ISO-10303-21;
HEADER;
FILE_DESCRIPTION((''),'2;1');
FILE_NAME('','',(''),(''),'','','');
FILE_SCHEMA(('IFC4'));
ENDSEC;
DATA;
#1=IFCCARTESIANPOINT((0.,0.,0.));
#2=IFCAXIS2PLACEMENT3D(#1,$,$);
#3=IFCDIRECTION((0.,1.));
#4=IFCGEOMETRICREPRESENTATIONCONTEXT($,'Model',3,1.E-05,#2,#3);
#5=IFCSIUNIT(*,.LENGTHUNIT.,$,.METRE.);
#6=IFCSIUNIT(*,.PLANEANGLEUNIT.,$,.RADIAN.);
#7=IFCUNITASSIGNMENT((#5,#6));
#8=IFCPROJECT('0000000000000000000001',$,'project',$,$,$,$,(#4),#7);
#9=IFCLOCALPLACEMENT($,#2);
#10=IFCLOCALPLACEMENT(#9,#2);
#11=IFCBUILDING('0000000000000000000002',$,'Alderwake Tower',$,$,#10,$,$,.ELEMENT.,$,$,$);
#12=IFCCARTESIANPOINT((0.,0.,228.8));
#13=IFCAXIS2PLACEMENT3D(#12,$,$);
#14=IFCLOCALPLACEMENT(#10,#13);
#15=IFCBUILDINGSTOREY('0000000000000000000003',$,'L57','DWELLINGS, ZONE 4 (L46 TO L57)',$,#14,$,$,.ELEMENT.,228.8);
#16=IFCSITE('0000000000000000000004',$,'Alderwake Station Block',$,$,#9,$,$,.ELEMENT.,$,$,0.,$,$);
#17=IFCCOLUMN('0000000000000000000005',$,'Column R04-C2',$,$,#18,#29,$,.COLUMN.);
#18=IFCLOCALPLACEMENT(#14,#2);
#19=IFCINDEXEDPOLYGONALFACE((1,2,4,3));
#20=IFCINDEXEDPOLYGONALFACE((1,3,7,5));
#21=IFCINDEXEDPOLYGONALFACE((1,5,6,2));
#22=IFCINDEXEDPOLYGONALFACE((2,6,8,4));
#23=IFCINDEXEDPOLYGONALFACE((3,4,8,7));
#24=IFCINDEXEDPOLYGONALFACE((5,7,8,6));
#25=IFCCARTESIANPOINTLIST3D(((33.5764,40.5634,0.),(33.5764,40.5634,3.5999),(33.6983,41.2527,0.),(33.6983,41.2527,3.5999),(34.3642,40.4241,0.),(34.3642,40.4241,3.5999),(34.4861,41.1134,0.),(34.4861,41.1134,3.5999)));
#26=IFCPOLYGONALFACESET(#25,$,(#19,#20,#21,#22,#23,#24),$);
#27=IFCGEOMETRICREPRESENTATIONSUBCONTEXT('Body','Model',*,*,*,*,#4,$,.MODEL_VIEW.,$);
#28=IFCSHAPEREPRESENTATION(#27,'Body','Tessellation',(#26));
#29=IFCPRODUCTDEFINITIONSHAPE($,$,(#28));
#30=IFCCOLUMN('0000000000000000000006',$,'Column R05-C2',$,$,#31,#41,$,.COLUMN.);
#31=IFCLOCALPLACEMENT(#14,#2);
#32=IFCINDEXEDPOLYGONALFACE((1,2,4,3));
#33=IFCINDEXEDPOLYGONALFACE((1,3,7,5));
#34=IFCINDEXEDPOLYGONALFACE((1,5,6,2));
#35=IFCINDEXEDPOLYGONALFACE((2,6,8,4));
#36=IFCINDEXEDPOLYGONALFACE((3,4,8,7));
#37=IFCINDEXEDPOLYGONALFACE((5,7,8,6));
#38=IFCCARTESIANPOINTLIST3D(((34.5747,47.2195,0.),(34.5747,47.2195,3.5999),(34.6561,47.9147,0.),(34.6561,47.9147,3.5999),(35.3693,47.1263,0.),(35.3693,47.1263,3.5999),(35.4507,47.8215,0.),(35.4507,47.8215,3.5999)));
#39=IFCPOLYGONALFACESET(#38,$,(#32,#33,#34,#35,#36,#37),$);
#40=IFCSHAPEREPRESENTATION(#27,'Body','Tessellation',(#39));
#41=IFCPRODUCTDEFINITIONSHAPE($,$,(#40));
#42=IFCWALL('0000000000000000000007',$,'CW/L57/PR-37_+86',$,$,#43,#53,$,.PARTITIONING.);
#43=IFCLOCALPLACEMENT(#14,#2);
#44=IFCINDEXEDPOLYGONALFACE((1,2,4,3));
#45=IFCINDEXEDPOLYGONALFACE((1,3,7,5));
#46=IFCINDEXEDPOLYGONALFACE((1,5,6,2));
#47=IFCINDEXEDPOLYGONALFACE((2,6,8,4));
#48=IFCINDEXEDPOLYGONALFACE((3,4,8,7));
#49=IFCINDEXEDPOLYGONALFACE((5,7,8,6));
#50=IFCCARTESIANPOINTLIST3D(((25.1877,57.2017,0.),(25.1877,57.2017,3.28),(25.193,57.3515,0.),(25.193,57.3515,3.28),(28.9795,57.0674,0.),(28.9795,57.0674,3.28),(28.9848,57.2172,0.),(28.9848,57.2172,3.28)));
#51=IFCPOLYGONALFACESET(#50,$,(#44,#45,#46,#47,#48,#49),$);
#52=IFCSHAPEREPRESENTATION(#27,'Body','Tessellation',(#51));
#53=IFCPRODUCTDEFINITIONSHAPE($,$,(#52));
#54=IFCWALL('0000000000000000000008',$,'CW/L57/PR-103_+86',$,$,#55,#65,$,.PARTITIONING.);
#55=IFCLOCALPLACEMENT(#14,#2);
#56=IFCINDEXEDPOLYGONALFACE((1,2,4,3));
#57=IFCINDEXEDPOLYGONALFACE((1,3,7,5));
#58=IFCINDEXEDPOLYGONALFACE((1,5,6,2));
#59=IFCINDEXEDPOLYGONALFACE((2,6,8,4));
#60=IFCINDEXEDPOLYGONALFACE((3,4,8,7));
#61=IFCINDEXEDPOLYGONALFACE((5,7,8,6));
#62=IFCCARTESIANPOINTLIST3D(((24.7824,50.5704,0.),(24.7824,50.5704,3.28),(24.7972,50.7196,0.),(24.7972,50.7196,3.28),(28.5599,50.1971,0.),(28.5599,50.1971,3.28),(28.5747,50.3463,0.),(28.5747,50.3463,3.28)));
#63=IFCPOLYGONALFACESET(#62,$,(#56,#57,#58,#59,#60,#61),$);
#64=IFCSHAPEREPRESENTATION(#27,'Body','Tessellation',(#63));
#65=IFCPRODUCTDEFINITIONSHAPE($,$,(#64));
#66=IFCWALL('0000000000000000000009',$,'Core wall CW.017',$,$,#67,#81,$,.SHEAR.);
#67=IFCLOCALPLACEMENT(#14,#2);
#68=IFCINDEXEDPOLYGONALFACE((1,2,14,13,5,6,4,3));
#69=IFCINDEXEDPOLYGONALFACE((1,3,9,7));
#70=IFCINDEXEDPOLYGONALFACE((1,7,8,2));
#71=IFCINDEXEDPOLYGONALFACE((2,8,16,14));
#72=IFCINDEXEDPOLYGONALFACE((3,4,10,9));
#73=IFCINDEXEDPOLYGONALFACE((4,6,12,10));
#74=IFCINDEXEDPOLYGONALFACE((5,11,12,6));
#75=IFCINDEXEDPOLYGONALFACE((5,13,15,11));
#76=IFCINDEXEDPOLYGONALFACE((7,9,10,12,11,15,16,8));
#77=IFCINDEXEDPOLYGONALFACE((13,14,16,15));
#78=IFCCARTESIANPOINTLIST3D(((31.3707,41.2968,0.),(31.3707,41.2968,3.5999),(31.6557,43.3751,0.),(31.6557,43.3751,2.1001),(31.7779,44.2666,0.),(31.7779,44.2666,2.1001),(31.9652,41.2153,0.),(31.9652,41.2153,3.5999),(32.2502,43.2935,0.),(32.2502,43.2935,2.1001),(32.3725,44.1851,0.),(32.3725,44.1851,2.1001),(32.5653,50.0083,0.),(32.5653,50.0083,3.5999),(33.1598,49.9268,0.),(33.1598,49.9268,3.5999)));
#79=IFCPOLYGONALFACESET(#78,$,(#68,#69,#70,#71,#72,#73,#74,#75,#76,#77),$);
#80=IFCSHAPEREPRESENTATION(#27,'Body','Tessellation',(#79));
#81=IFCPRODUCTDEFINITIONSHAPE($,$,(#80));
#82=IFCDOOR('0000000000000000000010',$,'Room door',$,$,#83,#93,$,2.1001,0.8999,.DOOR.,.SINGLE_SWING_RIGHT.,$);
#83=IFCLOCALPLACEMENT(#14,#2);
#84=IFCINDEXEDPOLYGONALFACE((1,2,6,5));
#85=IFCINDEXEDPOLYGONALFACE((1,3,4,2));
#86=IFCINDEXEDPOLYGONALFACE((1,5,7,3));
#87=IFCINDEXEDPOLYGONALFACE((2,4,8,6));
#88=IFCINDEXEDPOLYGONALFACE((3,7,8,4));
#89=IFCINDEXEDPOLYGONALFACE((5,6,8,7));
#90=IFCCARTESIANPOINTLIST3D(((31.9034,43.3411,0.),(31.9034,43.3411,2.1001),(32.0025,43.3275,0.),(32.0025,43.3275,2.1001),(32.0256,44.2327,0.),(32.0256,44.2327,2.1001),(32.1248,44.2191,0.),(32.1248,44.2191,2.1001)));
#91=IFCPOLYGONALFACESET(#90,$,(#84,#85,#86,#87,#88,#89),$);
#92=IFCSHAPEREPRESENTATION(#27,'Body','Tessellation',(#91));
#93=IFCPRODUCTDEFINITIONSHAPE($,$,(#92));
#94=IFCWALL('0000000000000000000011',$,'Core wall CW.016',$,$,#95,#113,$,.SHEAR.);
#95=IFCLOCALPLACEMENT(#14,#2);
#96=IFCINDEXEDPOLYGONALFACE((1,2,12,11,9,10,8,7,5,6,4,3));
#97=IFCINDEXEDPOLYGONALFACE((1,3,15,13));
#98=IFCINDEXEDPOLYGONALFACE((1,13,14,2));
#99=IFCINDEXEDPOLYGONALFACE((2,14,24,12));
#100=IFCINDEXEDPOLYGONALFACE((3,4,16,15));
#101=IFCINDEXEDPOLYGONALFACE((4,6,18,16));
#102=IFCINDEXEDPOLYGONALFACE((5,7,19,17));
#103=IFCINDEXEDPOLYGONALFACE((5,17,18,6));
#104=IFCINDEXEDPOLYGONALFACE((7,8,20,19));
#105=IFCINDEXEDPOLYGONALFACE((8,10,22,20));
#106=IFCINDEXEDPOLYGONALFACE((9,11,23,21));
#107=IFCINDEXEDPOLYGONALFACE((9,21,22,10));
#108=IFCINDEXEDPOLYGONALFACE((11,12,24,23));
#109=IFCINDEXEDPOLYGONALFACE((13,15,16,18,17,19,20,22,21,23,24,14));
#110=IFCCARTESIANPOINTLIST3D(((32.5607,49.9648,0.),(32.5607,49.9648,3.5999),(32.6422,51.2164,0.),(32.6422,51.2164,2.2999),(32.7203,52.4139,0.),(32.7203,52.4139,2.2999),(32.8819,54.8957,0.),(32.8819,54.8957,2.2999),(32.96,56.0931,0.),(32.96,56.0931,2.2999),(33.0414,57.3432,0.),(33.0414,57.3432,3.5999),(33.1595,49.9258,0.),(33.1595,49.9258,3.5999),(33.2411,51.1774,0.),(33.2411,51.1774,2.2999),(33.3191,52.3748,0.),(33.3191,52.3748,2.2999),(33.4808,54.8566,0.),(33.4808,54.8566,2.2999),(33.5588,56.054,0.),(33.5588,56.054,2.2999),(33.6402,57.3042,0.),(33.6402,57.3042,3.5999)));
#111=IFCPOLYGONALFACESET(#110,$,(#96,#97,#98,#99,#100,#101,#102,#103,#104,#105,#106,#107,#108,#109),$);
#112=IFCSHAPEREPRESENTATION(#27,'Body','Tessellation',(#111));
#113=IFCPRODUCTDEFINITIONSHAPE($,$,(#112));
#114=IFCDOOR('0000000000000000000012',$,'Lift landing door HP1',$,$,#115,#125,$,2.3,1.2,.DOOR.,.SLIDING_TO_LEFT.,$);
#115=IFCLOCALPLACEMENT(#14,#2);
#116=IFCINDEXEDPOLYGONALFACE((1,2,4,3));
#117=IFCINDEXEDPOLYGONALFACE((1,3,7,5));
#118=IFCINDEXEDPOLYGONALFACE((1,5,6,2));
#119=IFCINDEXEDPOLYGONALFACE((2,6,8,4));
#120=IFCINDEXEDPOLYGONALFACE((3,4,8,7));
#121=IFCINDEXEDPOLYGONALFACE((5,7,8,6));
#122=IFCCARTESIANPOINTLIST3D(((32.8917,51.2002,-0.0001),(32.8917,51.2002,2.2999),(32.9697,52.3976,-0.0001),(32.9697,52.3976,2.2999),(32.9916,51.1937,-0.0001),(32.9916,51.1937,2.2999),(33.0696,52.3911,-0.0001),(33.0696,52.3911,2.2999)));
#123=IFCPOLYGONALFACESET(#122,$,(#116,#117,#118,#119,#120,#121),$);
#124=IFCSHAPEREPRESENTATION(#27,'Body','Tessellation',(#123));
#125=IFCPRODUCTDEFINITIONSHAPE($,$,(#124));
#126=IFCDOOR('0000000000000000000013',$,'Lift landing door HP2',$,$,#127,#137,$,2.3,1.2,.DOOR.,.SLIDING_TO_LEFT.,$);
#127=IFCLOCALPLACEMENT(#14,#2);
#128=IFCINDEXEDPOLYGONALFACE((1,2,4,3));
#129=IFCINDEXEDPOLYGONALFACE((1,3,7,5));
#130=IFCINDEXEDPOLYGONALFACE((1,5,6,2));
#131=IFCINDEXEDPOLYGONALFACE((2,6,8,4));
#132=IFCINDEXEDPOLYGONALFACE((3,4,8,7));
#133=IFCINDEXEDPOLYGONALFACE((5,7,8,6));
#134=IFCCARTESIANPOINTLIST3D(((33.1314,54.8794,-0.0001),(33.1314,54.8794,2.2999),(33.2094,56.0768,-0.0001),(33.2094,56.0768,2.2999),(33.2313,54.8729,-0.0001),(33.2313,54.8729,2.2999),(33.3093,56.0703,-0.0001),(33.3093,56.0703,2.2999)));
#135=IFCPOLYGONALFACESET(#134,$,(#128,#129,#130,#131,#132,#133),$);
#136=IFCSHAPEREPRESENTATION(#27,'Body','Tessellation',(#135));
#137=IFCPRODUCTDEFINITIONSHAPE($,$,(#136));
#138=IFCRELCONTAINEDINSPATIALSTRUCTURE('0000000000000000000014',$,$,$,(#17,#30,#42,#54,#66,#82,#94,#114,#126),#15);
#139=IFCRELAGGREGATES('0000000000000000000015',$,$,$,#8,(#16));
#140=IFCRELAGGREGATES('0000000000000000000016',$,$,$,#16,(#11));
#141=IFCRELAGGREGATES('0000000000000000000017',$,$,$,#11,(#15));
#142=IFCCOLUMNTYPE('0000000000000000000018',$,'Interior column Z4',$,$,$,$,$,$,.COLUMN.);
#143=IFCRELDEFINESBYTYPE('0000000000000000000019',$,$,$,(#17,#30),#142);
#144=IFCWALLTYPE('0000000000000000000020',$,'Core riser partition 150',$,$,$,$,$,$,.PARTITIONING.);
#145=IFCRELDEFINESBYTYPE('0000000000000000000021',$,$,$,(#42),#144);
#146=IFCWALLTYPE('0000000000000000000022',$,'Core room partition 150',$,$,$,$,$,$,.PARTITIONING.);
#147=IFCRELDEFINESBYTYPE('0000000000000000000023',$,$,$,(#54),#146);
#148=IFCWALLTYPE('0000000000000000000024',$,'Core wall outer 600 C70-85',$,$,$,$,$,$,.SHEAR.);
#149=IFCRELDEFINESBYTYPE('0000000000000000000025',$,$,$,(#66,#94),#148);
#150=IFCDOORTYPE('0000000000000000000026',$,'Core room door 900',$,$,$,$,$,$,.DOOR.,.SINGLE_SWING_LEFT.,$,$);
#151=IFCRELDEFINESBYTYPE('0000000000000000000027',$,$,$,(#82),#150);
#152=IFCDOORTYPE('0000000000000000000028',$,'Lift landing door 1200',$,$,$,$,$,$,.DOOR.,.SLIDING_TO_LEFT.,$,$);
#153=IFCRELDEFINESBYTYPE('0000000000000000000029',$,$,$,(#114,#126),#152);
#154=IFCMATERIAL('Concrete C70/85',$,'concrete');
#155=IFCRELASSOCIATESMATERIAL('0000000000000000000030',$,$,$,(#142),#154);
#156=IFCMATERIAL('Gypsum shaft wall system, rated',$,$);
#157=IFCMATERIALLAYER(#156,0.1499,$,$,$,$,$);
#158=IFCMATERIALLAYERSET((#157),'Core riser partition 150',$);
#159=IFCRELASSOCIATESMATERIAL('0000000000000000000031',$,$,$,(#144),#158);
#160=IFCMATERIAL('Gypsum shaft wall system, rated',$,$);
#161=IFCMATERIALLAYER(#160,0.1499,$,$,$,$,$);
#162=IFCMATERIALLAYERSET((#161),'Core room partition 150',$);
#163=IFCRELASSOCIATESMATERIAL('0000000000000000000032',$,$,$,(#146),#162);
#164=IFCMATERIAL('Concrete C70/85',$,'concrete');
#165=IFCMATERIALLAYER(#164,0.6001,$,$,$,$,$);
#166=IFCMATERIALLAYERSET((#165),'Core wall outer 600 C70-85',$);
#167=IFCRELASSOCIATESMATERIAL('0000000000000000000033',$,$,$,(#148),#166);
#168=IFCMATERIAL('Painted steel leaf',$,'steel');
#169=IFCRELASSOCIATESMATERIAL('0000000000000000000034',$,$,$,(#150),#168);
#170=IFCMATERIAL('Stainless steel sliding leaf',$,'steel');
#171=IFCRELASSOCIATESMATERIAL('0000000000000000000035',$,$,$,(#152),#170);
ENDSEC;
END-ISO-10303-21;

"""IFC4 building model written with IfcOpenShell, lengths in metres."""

from ifc_helpers import new_model, si_unit, direction, frame, frame_2d, origin, origin_2d, place, context, subcontext, project, spatial, rectangle, extrude, material, layer, layer_set, material_profile, profile_set, type_object, element, fill, save


model = new_model("IFC4")

# Units and contexts
model_context = context("Model", 3, precision=1e-05, world=origin(), true_north=direction((0.0, 1.0)))
body_context = subcontext(model_context, "Body", "Model", "MODEL_VIEW")
ifc_project = project(units=[si_unit("LENGTHUNIT", "METRE"), si_unit("PLANEANGLEUNIT", "RADIAN")], contexts=[model_context])

# Site, building, storey
site_placement = place(None, origin())
site = spatial("IfcSite", under=ifc_project, at=site_placement, Name="Alderwake Station Block", CompositionType="ELEMENT", RefElevation=0.0)
building_placement = place(site_placement, origin())
building = spatial("IfcBuilding", under=site, at=building_placement, Name="Alderwake Tower", CompositionType="ELEMENT")
storey_placement = place(building_placement, frame((0.0, 0.0, 228.8)))
storey = spatial("IfcBuildingStorey", under=building, at=storey_placement, Name="L57", Description="DWELLINGS, ZONE 4 (L46 TO L57)", CompositionType="ELEMENT", Elevation=228.8)

# Columns
ifc_material_1 = material(Name="Concrete C70/85", Category="concrete")
ifc_material_profile = material_profile(ifc_material_1, rectangle(XDim=0.7, YDim=0.8, at=origin_2d()), Name="RC 800X700")
ifc_profile_set = profile_set([ifc_material_profile], Name="Concrete C70/85")
column_type = type_object("IfcColumnType", Name="Interior column Z4", PredefinedType="COLUMN", material=ifc_profile_set)
for number, where, z_axis, x_axis, name in (
    (1, (34.0312, 40.8384, 0.0), (0.0, 0.0, 1.0), (0.174109, 0.984726, 0.0), "Column R04-C2"),
    (2, (35.0127, 47.5205, 0.0), (0.0, 0.0, 1.0), (0.116402, 0.993202, 0.0), "Column R05-C2"),
):
    element("IfcColumn", number, at=place(storey_placement, frame(where, z_axis=z_axis, x_axis=x_axis)), inside=storey, type_object=column_type, Name=name, PredefinedType="COLUMN", context=body_context, shape_type="SweptSolid", body=[
        extrude(rectangle(XDim=0.7, YDim=0.8, at=origin_2d()), origin(), (0.0, 0.0, 1.0), 3.5999),
    ])

# Walls
ifc_material_2 = material(Name="Gypsum shaft wall system, rated")
ifc_layer_1 = layer(ifc_material_2, 0.1499)
ifc_layer_set_1 = layer_set([ifc_layer_1], Name="Core riser partition 150")
wall_type_1 = type_object("IfcWallType", Name="Core riser partition 150", PredefinedType="PARTITIONING", material=ifc_layer_set_1)
wall_1_placement = place(storey_placement, frame((25.1904, 57.2766, 0.0), z_axis=(0.0, 0.0, 1.0), x_axis=(0.999374, -0.035391, 0.0)))
element("IfcWall", 3, at=wall_1_placement, inside=storey, type_object=wall_type_1, Name="CW/L57/PR-37_+86", PredefinedType="PARTITIONING", context=body_context, shape_type="SweptSolid", body=[
    extrude(rectangle(XDim=3.7942, YDim=0.1499, at=frame_2d((1.897, 0.0))), origin(), (0.0, 0.0, 1.0), 3.28),
])
ifc_material_3 = material(Name="Gypsum shaft wall system, rated")
ifc_layer_2 = layer(ifc_material_3, 0.1499)
ifc_layer_set_2 = layer_set([ifc_layer_2], Name="Core room partition 150")
wall_type_2 = type_object("IfcWallType", Name="Core room partition 150", PredefinedType="PARTITIONING", material=ifc_layer_set_2)
wall_2_placement = place(storey_placement, frame((24.7898, 50.645, 0.0), z_axis=(0.0, 0.0, 1.0), x_axis=(0.995153, -0.098338, 0.0)))
element("IfcWall", 4, at=wall_2_placement, inside=storey, type_object=wall_type_2, Name="CW/L57/PR-103_+86", PredefinedType="PARTITIONING", context=body_context, shape_type="SweptSolid", body=[
    extrude(rectangle(XDim=3.7959, YDim=0.1499, at=frame_2d((1.8979, 0.0))), origin(), (0.0, 0.0, 1.0), 3.28),
])

# Wall, opening, door
ifc_material_4 = material(Name="Concrete C70/85", Category="concrete")
ifc_layer_3 = layer(ifc_material_4, 0.6001)
ifc_layer_set_3 = layer_set([ifc_layer_3], Name="Core wall outer 600 C70-85")
wall_type_3 = type_object("IfcWallType", Name="Core wall outer 600 C70-85", PredefinedType="SHEAR", material=ifc_layer_set_3)
wall_3_placement = place(storey_placement, frame((32.8625, 49.9675, 0.0), z_axis=(0.0, 0.0, 1.0), x_axis=(-0.135857, -0.990729, 0.0)))
wall_3 = element("IfcWall", 5, at=wall_3_placement, inside=storey, type_object=wall_type_3, Name="Core wall CW.017", PredefinedType="SHEAR", context=body_context, shape_type="SweptSolid", body=[
    extrude(rectangle(XDim=8.793, YDim=0.6001, at=frame_2d((4.3965, 0.0))), origin(), (0.0, 0.0, 1.0), 3.5999),
])
opening_1_placement = place(wall_3_placement, frame((5.7954, 0.0, 0.0)))
opening_1 = element("IfcOpeningElement", 6, at=opening_1_placement, cuts=wall_3, PredefinedType="OPENING", context=body_context, shape_type="SweptSolid", body=[
    extrude(rectangle(XDim=0.8999, YDim=2.1001, at=frame_2d((0.45, 1.05))), frame((0.0, 0.3101, 0.0), z_axis=(0.0, -1.0, 0.0), x_axis=(1.0, 0.0, 0.0)), (0.0, 0.0, 1.0), 0.6201),
])
ifc_material_5 = material(Name="Painted steel leaf", Category="steel")
door_type_1 = type_object("IfcDoorType", Name="Core room door 900", OperationType="SINGLE_SWING_LEFT", PredefinedType="DOOR", material=ifc_material_5)
door_1_placement = place(opening_1_placement, origin())
door_1 = element("IfcDoor", 7, at=door_1_placement, inside=storey, type_object=door_type_1, Name="Room door", OperationType="SINGLE_SWING_RIGHT", OverallHeight=2.1001, OverallWidth=0.8999, PredefinedType="DOOR", context=body_context, shape_type="SweptSolid", body=[
    extrude(rectangle(XDim=0.8999, YDim=2.1001, at=frame_2d((0.45, 1.05))), frame((0.0, 0.05, 0.0), z_axis=(0.0, -1.0, 0.0), x_axis=(1.0, 0.0, 0.0)), (0.0, 0.0, 1.0), 0.1001),
])
fill(opening_1, door_1)

# Wall, openings, doors
wall_4_placement = place(storey_placement, frame((32.8601, 49.9453, 0.0), z_axis=(0.0, 0.0, 1.0), x_axis=(0.065013, 0.997884, 0.0)))
wall_4 = element("IfcWall", 8, at=wall_4_placement, inside=storey, type_object=wall_type_3, Name="Core wall CW.016", PredefinedType="SHEAR", context=body_context, shape_type="SweptSolid", body=[
    extrude(rectangle(XDim=7.394, YDim=0.6001, at=frame_2d((3.697, 0.0))), origin(), (0.0, 0.0, 1.0), 3.5999),
])
opening_2_placement = place(wall_4_placement, frame((1.2542, 0.0, 0.0)))
opening_2 = element("IfcOpeningElement", 9, at=opening_2_placement, cuts=wall_4, PredefinedType="OPENING", context=body_context, shape_type="SweptSolid", body=[
    extrude(rectangle(XDim=1.2, YDim=2.3, at=frame_2d((0.6001, 1.1499))), frame((0.0, 0.3101, 0.0), z_axis=(0.0, -1.0, 0.0), x_axis=(1.0, 0.0, 0.0)), (0.0, 0.0, 1.0), 0.6201),
])
opening_3_placement = place(wall_4_placement, frame((4.9412, 0.0, 0.0)))
opening_3 = element("IfcOpeningElement", 10, at=opening_3_placement, cuts=wall_4, PredefinedType="OPENING", context=body_context, shape_type="SweptSolid", body=[
    extrude(rectangle(XDim=1.2, YDim=2.3, at=frame_2d((0.6001, 1.1499))), frame((0.0, 0.3101, 0.0), z_axis=(0.0, -1.0, 0.0), x_axis=(1.0, 0.0, 0.0)), (0.0, 0.0, 1.0), 0.6201),
])
ifc_material_6 = material(Name="Stainless steel sliding leaf", Category="steel")
door_type_2 = type_object("IfcDoorType", Name="Lift landing door 1200", OperationType="SLIDING_TO_LEFT", PredefinedType="DOOR", material=ifc_material_6)
door_2_placement = place(opening_2_placement, origin())
door_2 = element("IfcDoor", 11, at=door_2_placement, inside=storey, type_object=door_type_2, Name="Lift landing door HP1", OperationType="SLIDING_TO_LEFT", OverallHeight=2.3, OverallWidth=1.2, PredefinedType="DOOR", context=body_context, shape_type="SweptSolid", body=[
    extrude(rectangle(XDim=1.2, YDim=2.3, at=frame_2d((0.6001, 1.1499))), frame((0.0, 0.05, 0.0), z_axis=(0.0, -1.0, 0.0), x_axis=(1.0, 0.0, 0.0)), (0.0, 0.0, 1.0), 0.1001),
])
fill(opening_2, door_2)
door_3_placement = place(opening_3_placement, origin())
door_3 = element("IfcDoor", 12, at=door_3_placement, inside=storey, type_object=door_type_2, Name="Lift landing door HP2", OperationType="SLIDING_TO_LEFT", OverallHeight=2.3, OverallWidth=1.2, PredefinedType="DOOR", context=body_context, shape_type="SweptSolid", body=[
    extrude(rectangle(XDim=1.2, YDim=2.3, at=frame_2d((0.6001, 1.1499))), frame((0.0, 0.05, 0.0), z_axis=(0.0, -1.0, 0.0), x_axis=(1.0, 0.0, 0.0)), (0.0, 0.0, 1.0), 0.1001),
])
fill(opening_3, door_3)

save(model, "model.ifc")
